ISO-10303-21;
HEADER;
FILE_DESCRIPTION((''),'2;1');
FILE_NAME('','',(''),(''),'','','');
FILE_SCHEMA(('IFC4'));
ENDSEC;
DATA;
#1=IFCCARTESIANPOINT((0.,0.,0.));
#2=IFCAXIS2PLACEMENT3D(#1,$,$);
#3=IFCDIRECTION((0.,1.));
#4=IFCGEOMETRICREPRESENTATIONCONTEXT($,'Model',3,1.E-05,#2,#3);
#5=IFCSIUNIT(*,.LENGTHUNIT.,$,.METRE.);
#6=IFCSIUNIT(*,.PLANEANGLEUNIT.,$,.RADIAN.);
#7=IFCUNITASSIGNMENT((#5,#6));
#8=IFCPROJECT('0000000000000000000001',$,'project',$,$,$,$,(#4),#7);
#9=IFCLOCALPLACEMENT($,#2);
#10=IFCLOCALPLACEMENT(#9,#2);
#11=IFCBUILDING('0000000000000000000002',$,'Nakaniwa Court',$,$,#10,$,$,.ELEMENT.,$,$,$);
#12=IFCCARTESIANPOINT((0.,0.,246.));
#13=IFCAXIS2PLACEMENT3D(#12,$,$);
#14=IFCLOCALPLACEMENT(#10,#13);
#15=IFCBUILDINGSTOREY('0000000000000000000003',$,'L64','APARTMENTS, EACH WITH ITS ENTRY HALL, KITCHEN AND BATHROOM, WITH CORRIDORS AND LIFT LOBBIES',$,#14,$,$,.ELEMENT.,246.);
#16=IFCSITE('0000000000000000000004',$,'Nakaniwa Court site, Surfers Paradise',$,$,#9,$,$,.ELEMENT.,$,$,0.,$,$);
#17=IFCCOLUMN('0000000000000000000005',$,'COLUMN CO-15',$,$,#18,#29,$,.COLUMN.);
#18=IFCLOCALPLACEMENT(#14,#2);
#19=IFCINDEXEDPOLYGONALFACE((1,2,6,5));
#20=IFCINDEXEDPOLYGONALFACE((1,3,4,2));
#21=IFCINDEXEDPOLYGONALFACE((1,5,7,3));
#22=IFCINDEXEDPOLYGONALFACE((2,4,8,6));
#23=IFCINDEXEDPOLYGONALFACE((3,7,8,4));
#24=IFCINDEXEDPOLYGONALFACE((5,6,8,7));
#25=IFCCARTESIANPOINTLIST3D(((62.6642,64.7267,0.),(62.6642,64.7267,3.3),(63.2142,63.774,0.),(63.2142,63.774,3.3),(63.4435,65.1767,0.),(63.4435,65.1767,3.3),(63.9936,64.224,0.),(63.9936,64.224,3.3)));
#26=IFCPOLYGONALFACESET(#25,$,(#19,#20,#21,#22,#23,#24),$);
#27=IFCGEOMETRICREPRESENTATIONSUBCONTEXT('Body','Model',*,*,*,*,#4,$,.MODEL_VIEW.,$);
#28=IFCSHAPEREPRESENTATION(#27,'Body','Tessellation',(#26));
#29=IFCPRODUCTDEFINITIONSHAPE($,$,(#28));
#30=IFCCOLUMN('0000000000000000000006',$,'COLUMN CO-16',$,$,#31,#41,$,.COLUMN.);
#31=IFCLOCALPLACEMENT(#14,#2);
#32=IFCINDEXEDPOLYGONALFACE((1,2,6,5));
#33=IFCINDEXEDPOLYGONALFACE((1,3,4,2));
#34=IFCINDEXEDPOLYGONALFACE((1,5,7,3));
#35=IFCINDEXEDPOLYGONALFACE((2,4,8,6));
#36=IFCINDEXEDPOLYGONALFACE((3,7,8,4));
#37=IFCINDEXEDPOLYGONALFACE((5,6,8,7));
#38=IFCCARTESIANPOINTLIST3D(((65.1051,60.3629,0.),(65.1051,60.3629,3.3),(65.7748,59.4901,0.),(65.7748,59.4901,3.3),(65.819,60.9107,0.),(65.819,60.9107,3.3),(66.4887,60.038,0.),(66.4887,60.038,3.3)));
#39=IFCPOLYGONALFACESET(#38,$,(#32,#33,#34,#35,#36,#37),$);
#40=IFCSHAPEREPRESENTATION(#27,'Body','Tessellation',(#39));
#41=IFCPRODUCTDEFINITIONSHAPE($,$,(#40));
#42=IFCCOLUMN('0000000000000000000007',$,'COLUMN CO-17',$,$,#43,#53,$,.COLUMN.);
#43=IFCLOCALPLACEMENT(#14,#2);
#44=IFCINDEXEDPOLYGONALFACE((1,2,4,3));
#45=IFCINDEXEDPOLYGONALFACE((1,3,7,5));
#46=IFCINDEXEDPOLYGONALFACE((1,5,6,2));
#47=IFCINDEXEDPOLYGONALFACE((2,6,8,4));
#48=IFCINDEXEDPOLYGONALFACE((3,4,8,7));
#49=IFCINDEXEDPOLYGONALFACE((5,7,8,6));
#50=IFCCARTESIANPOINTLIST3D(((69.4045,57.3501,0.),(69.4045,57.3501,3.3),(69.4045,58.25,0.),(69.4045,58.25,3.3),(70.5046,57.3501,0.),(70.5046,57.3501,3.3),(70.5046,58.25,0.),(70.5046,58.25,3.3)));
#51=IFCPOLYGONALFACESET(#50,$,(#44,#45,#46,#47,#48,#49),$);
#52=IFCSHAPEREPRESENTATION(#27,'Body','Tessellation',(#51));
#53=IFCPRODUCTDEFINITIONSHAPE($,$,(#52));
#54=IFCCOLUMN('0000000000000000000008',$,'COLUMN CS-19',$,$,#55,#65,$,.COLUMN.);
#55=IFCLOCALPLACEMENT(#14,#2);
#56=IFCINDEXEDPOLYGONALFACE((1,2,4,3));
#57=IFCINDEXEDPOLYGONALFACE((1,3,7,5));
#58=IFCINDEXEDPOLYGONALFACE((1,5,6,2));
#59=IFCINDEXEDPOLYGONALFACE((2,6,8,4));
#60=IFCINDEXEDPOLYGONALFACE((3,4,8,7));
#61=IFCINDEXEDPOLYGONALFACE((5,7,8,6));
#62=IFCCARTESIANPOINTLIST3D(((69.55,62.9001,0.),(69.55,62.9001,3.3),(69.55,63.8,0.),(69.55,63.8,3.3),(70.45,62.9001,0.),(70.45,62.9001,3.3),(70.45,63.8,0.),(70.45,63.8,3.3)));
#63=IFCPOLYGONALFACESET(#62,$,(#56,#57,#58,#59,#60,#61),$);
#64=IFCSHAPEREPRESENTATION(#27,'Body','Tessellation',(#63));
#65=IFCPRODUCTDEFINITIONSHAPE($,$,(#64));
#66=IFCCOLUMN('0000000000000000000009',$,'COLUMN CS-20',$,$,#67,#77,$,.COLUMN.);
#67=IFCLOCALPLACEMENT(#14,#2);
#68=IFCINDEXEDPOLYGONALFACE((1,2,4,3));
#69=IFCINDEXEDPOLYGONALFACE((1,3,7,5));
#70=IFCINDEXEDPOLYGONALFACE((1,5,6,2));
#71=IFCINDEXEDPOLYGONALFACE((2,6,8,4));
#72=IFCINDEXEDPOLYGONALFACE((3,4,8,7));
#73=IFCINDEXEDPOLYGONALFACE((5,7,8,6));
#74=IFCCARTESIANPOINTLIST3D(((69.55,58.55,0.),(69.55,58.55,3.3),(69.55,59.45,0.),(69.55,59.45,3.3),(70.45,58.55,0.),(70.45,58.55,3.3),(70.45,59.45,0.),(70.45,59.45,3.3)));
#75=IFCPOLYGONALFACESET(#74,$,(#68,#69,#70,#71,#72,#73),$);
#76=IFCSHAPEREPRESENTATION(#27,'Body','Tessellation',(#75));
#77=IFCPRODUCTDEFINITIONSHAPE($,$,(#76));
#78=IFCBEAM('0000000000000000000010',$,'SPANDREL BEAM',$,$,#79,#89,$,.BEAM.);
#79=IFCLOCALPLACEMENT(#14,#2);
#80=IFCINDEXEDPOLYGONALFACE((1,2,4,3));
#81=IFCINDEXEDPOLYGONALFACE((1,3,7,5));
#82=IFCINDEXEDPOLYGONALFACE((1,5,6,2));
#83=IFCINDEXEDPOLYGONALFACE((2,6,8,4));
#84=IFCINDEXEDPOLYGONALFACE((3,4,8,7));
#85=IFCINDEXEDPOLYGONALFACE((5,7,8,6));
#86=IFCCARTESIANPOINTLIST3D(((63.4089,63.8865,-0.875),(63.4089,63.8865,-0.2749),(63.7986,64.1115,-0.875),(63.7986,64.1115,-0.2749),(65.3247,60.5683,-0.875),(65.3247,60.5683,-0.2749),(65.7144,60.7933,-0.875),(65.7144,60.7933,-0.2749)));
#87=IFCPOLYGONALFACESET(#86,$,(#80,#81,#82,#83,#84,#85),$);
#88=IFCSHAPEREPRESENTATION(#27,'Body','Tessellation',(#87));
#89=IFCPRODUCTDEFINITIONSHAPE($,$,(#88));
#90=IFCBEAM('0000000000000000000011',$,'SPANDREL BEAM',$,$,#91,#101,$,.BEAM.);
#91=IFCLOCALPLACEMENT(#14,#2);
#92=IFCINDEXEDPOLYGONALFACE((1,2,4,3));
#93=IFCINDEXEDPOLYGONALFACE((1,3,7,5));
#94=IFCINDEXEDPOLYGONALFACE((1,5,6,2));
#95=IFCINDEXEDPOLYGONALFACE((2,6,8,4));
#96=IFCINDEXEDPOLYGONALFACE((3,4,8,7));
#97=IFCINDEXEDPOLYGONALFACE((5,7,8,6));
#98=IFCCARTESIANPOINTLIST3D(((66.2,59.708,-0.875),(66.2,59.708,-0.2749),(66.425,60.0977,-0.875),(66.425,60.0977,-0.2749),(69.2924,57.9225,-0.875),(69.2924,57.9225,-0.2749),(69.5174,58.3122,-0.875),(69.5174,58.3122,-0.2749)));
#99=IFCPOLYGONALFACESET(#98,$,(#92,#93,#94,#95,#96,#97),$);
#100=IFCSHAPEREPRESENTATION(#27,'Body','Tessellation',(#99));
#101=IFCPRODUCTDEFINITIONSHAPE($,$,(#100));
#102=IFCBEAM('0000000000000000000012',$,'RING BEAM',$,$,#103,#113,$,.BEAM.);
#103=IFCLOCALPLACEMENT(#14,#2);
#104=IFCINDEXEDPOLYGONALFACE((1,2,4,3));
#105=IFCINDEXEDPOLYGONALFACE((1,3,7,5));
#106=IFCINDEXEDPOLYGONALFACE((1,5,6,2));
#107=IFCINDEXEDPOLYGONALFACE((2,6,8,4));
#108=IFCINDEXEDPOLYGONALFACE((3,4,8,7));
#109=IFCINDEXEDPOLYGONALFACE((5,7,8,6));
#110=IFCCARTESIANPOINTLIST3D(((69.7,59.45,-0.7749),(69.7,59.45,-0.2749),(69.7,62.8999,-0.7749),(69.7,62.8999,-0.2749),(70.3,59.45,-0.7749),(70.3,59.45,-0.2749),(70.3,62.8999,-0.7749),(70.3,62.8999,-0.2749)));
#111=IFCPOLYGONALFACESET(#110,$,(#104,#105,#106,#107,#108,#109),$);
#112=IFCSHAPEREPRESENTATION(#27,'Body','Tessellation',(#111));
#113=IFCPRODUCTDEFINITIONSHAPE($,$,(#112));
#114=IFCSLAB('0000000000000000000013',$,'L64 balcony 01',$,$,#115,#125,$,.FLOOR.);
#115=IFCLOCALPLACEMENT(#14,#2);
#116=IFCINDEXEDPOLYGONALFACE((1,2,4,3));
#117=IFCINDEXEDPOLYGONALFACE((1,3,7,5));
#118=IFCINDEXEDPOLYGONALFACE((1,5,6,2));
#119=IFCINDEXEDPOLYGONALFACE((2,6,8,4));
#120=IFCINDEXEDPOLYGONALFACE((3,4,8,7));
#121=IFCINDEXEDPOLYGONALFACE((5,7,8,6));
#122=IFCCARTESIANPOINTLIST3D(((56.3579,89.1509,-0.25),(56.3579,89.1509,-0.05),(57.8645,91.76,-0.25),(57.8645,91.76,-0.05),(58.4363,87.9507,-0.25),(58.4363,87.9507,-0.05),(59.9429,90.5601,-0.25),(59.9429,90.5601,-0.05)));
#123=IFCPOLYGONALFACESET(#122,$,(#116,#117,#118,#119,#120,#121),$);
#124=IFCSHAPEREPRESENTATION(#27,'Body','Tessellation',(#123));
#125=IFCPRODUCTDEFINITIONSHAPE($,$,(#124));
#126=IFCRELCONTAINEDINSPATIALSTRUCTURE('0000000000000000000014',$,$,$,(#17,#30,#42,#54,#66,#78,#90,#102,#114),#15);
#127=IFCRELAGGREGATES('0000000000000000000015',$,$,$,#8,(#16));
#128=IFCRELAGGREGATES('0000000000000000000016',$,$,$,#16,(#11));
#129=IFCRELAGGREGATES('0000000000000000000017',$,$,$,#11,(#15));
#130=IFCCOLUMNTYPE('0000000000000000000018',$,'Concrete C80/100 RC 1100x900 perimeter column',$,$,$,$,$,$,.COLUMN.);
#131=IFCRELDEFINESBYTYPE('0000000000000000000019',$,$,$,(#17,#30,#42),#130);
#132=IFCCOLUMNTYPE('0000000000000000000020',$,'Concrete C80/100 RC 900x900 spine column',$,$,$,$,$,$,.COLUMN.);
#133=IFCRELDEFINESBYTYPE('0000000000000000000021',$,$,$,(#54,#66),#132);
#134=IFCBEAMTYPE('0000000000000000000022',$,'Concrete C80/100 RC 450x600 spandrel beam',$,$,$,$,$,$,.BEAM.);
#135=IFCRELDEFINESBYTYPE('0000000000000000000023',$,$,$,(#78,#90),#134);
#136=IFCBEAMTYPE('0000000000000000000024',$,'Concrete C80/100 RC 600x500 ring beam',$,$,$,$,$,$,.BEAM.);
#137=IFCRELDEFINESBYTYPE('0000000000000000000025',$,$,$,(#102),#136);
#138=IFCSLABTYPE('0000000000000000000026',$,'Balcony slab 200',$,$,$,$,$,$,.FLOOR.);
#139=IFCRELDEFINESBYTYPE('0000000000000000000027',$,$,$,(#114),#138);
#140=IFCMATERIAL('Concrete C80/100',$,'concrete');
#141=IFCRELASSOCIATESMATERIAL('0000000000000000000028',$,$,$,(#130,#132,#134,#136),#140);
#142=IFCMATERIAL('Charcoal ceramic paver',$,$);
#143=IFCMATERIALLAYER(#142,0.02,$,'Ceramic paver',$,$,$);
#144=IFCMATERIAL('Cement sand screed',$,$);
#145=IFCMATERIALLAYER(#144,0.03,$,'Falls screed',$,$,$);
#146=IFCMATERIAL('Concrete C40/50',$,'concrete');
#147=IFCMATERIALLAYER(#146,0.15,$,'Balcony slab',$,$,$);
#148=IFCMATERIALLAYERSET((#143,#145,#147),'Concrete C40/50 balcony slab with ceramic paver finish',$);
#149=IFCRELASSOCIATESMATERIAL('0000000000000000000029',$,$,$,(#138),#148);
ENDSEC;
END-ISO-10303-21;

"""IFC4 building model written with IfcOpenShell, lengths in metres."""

from ifc_helpers import new_model, si_unit, direction, frame, origin, origin_2d, place, context, subcontext, project, spatial, polyline, rectangle, outline, extrude, material, layer, layer_set, material_profile, profile_set, type_object, element, save


model = new_model("IFC4")

# Units and contexts
model_context = context("Model", 3, precision=1e-05, world=origin(), true_north=direction((0.0, 1.0)))
body_context = subcontext(model_context, "Body", "Model", "MODEL_VIEW")
ifc_project = project(units=[si_unit("LENGTHUNIT", "METRE"), si_unit("PLANEANGLEUNIT", "RADIAN")], contexts=[model_context])

# Site, building, storey
site_placement = place(None, origin())
site = spatial("IfcSite", under=ifc_project, at=site_placement, Name="Nakaniwa Court site, Surfers Paradise", CompositionType="ELEMENT", RefElevation=0.0)
building_placement = place(site_placement, origin())
building = spatial("IfcBuilding", under=site, at=building_placement, Name="Nakaniwa Court", CompositionType="ELEMENT")
storey_placement = place(building_placement, frame((0.0, 0.0, 246.0)))
storey = spatial("IfcBuildingStorey", under=building, at=storey_placement, Name="L64", Description="APARTMENTS, EACH WITH ITS ENTRY HALL, KITCHEN AND BATHROOM, WITH CORRIDORS AND LIFT LOBBIES", CompositionType="ELEMENT", Elevation=246.0)

# Columns
ifc_material_1 = material(Name="Concrete C80/100", Category="concrete")
ifc_material_profile_1 = material_profile(ifc_material_1, rectangle(XDim=1.1001, YDim=0.8999, at=origin_2d()), Name="Concrete C80/100 RC 1100x900 perimeter column")
ifc_profile_set_1 = profile_set([ifc_material_profile_1], Name="Concrete C80/100")
column_type_1 = type_object("IfcColumnType", Name="Concrete C80/100 RC 1100x900 perimeter column", PredefinedType="COLUMN", material=ifc_profile_set_1)
for number, where, z_axis, x_axis, name in (
    (1, (63.3289, 64.4753, 0.0), (0.0, 0.0, 1.0), (0.5, -0.866025, 0.0), "COLUMN CO-15"),
    (2, (65.7969, 60.2004, 0.0), (0.0, 0.0, 1.0), (0.608761, -0.793353, 0.0), "COLUMN CO-16"),
    (3, (69.9546, 57.8, 0.0), (0.0, 0.0, 1.0), (1.0, 0.0, 0.0), "COLUMN CO-17"),
):
    element("IfcColumn", number, at=place(storey_placement, frame(where, z_axis=z_axis, x_axis=x_axis)), inside=storey, type_object=column_type_1, Name=name, PredefinedType="COLUMN", context=body_context, shape_type="SweptSolid", body=[
        extrude(rectangle(XDim=1.1001, YDim=0.8999, at=origin_2d()), origin(), (0.0, 0.0, 1.0), 3.3),
    ])
ifc_material_profile_2 = material_profile(ifc_material_1, rectangle(XDim=0.8999, YDim=0.8999, at=origin_2d()), Name="Concrete C80/100 RC 900x900 spine column")
ifc_profile_set_2 = profile_set([ifc_material_profile_2], Name="Concrete C80/100")
column_type_2 = type_object("IfcColumnType", Name="Concrete C80/100 RC 900x900 spine column", PredefinedType="COLUMN", material=ifc_profile_set_2)
for number, where, z_axis, x_axis, name in (
    (4, (70.0, 63.3501, 0.0), (0.0, 0.0, 1.0), (0.0, -1.0, 0.0), "COLUMN CS-19"),
    (5, (70.0, 59.0, 0.0), (0.0, 0.0, 1.0), (0.0, -1.0, 0.0), "COLUMN CS-20"),
):
    element("IfcColumn", number, at=place(storey_placement, frame(where, z_axis=z_axis, x_axis=x_axis)), inside=storey, type_object=column_type_2, Name=name, PredefinedType="COLUMN", context=body_context, shape_type="SweptSolid", body=[
        extrude(rectangle(XDim=0.8999, YDim=0.8999, at=origin_2d()), origin(), (0.0, 0.0, 1.0), 3.3),
    ])

# Beams
ifc_material_profile_3 = material_profile(ifc_material_1, rectangle(XDim=0.45, YDim=0.6001, at=origin_2d()), Name="Concrete C80/100 RC 450x600 spandrel beam")
ifc_profile_set_3 = profile_set([ifc_material_profile_3], Name="Concrete C80/100")
beam_type_1 = type_object("IfcBeamType", Name="Concrete C80/100 RC 450x600 spandrel beam", PredefinedType="BEAM", material=ifc_profile_set_3)
beam_1_placement = place(storey_placement, frame((63.6038, 63.999, -0.575), z_axis=(0.500011, -0.866019, 0.0), x_axis=(0.866019, 0.500011, 0.0)))
element("IfcBeam", 6, at=beam_1_placement, inside=storey, type_object=beam_type_1, Name="SPANDREL BEAM", PredefinedType="BEAM", context=body_context, shape_type="SweptSolid", body=[
    extrude(rectangle(XDim=0.45, YDim=0.6001, at=origin_2d()), origin(), (0.0, 0.0, 1.0), 3.8315),
])
beam_2_placement = place(storey_placement, frame((66.3125, 59.9028, -0.575), z_axis=(0.866017, -0.500014, 0.0), x_axis=(0.500014, 0.866017, 0.0)))
element("IfcBeam", 7, at=beam_2_placement, inside=storey, type_object=beam_type_1, Name="SPANDREL BEAM", PredefinedType="BEAM", context=body_context, shape_type="SweptSolid", body=[
    extrude(rectangle(XDim=0.45, YDim=0.6001, at=origin_2d()), origin(), (0.0, 0.0, 1.0), 3.5708),
])
ifc_material_profile_4 = material_profile(ifc_material_1, rectangle(XDim=0.6001, YDim=0.5, at=origin_2d()), Name="Concrete C80/100 RC 600x500 ring beam")
ifc_profile_set_4 = profile_set([ifc_material_profile_4], Name="Concrete C80/100")
beam_type_2 = type_object("IfcBeamType", Name="Concrete C80/100 RC 600x500 ring beam", PredefinedType="BEAM", material=ifc_profile_set_4)
beam_3_placement = place(storey_placement, frame((70.0, 62.8999, -0.5249), z_axis=(0.0, -1.0, 0.0), x_axis=(1.0, 0.0, 0.0)))
element("IfcBeam", 8, at=beam_3_placement, inside=storey, type_object=beam_type_2, Name="RING BEAM", PredefinedType="BEAM", context=body_context, shape_type="SweptSolid", body=[
    extrude(rectangle(XDim=0.6001, YDim=0.5, at=origin_2d()), origin(), (0.0, 0.0, 1.0), 3.45),
])

# Slab
ifc_material_2 = material(Name="Charcoal ceramic paver")
ifc_layer_1 = layer(ifc_material_2, 0.02, Name="Ceramic paver")
ifc_material_3 = material(Name="Cement sand screed")
ifc_layer_2 = layer(ifc_material_3, 0.03, Name="Falls screed")
ifc_material_4 = material(Name="Concrete C40/50", Category="concrete")
ifc_layer_3 = layer(ifc_material_4, 0.15, Name="Balcony slab")
ifc_layer_set_1 = layer_set([ifc_layer_1, ifc_layer_2, ifc_layer_3], Name="Concrete C40/50 balcony slab with ceramic paver finish")
slab_type_1 = type_object("IfcSlabType", Name="Balcony slab 200", PredefinedType="FLOOR", material=ifc_layer_set_1)
slab_1_placement = place(storey_placement, frame((0.0, 0.0, -0.25)))
element("IfcSlab", 9, at=slab_1_placement, inside=storey, type_object=slab_type_1, Name="L64 balcony 01", PredefinedType="FLOOR", context=body_context, shape_type="SweptSolid", body=[
    extrude(outline(polyline([(59.9429, 90.5601), (58.4363, 87.9507), (56.3579, 89.1509), (57.8645, 91.76), (59.9429, 90.5601)])), origin(), (0.0, 0.0, 1.0), 0.2),
])

save(model, "model.ifc")
